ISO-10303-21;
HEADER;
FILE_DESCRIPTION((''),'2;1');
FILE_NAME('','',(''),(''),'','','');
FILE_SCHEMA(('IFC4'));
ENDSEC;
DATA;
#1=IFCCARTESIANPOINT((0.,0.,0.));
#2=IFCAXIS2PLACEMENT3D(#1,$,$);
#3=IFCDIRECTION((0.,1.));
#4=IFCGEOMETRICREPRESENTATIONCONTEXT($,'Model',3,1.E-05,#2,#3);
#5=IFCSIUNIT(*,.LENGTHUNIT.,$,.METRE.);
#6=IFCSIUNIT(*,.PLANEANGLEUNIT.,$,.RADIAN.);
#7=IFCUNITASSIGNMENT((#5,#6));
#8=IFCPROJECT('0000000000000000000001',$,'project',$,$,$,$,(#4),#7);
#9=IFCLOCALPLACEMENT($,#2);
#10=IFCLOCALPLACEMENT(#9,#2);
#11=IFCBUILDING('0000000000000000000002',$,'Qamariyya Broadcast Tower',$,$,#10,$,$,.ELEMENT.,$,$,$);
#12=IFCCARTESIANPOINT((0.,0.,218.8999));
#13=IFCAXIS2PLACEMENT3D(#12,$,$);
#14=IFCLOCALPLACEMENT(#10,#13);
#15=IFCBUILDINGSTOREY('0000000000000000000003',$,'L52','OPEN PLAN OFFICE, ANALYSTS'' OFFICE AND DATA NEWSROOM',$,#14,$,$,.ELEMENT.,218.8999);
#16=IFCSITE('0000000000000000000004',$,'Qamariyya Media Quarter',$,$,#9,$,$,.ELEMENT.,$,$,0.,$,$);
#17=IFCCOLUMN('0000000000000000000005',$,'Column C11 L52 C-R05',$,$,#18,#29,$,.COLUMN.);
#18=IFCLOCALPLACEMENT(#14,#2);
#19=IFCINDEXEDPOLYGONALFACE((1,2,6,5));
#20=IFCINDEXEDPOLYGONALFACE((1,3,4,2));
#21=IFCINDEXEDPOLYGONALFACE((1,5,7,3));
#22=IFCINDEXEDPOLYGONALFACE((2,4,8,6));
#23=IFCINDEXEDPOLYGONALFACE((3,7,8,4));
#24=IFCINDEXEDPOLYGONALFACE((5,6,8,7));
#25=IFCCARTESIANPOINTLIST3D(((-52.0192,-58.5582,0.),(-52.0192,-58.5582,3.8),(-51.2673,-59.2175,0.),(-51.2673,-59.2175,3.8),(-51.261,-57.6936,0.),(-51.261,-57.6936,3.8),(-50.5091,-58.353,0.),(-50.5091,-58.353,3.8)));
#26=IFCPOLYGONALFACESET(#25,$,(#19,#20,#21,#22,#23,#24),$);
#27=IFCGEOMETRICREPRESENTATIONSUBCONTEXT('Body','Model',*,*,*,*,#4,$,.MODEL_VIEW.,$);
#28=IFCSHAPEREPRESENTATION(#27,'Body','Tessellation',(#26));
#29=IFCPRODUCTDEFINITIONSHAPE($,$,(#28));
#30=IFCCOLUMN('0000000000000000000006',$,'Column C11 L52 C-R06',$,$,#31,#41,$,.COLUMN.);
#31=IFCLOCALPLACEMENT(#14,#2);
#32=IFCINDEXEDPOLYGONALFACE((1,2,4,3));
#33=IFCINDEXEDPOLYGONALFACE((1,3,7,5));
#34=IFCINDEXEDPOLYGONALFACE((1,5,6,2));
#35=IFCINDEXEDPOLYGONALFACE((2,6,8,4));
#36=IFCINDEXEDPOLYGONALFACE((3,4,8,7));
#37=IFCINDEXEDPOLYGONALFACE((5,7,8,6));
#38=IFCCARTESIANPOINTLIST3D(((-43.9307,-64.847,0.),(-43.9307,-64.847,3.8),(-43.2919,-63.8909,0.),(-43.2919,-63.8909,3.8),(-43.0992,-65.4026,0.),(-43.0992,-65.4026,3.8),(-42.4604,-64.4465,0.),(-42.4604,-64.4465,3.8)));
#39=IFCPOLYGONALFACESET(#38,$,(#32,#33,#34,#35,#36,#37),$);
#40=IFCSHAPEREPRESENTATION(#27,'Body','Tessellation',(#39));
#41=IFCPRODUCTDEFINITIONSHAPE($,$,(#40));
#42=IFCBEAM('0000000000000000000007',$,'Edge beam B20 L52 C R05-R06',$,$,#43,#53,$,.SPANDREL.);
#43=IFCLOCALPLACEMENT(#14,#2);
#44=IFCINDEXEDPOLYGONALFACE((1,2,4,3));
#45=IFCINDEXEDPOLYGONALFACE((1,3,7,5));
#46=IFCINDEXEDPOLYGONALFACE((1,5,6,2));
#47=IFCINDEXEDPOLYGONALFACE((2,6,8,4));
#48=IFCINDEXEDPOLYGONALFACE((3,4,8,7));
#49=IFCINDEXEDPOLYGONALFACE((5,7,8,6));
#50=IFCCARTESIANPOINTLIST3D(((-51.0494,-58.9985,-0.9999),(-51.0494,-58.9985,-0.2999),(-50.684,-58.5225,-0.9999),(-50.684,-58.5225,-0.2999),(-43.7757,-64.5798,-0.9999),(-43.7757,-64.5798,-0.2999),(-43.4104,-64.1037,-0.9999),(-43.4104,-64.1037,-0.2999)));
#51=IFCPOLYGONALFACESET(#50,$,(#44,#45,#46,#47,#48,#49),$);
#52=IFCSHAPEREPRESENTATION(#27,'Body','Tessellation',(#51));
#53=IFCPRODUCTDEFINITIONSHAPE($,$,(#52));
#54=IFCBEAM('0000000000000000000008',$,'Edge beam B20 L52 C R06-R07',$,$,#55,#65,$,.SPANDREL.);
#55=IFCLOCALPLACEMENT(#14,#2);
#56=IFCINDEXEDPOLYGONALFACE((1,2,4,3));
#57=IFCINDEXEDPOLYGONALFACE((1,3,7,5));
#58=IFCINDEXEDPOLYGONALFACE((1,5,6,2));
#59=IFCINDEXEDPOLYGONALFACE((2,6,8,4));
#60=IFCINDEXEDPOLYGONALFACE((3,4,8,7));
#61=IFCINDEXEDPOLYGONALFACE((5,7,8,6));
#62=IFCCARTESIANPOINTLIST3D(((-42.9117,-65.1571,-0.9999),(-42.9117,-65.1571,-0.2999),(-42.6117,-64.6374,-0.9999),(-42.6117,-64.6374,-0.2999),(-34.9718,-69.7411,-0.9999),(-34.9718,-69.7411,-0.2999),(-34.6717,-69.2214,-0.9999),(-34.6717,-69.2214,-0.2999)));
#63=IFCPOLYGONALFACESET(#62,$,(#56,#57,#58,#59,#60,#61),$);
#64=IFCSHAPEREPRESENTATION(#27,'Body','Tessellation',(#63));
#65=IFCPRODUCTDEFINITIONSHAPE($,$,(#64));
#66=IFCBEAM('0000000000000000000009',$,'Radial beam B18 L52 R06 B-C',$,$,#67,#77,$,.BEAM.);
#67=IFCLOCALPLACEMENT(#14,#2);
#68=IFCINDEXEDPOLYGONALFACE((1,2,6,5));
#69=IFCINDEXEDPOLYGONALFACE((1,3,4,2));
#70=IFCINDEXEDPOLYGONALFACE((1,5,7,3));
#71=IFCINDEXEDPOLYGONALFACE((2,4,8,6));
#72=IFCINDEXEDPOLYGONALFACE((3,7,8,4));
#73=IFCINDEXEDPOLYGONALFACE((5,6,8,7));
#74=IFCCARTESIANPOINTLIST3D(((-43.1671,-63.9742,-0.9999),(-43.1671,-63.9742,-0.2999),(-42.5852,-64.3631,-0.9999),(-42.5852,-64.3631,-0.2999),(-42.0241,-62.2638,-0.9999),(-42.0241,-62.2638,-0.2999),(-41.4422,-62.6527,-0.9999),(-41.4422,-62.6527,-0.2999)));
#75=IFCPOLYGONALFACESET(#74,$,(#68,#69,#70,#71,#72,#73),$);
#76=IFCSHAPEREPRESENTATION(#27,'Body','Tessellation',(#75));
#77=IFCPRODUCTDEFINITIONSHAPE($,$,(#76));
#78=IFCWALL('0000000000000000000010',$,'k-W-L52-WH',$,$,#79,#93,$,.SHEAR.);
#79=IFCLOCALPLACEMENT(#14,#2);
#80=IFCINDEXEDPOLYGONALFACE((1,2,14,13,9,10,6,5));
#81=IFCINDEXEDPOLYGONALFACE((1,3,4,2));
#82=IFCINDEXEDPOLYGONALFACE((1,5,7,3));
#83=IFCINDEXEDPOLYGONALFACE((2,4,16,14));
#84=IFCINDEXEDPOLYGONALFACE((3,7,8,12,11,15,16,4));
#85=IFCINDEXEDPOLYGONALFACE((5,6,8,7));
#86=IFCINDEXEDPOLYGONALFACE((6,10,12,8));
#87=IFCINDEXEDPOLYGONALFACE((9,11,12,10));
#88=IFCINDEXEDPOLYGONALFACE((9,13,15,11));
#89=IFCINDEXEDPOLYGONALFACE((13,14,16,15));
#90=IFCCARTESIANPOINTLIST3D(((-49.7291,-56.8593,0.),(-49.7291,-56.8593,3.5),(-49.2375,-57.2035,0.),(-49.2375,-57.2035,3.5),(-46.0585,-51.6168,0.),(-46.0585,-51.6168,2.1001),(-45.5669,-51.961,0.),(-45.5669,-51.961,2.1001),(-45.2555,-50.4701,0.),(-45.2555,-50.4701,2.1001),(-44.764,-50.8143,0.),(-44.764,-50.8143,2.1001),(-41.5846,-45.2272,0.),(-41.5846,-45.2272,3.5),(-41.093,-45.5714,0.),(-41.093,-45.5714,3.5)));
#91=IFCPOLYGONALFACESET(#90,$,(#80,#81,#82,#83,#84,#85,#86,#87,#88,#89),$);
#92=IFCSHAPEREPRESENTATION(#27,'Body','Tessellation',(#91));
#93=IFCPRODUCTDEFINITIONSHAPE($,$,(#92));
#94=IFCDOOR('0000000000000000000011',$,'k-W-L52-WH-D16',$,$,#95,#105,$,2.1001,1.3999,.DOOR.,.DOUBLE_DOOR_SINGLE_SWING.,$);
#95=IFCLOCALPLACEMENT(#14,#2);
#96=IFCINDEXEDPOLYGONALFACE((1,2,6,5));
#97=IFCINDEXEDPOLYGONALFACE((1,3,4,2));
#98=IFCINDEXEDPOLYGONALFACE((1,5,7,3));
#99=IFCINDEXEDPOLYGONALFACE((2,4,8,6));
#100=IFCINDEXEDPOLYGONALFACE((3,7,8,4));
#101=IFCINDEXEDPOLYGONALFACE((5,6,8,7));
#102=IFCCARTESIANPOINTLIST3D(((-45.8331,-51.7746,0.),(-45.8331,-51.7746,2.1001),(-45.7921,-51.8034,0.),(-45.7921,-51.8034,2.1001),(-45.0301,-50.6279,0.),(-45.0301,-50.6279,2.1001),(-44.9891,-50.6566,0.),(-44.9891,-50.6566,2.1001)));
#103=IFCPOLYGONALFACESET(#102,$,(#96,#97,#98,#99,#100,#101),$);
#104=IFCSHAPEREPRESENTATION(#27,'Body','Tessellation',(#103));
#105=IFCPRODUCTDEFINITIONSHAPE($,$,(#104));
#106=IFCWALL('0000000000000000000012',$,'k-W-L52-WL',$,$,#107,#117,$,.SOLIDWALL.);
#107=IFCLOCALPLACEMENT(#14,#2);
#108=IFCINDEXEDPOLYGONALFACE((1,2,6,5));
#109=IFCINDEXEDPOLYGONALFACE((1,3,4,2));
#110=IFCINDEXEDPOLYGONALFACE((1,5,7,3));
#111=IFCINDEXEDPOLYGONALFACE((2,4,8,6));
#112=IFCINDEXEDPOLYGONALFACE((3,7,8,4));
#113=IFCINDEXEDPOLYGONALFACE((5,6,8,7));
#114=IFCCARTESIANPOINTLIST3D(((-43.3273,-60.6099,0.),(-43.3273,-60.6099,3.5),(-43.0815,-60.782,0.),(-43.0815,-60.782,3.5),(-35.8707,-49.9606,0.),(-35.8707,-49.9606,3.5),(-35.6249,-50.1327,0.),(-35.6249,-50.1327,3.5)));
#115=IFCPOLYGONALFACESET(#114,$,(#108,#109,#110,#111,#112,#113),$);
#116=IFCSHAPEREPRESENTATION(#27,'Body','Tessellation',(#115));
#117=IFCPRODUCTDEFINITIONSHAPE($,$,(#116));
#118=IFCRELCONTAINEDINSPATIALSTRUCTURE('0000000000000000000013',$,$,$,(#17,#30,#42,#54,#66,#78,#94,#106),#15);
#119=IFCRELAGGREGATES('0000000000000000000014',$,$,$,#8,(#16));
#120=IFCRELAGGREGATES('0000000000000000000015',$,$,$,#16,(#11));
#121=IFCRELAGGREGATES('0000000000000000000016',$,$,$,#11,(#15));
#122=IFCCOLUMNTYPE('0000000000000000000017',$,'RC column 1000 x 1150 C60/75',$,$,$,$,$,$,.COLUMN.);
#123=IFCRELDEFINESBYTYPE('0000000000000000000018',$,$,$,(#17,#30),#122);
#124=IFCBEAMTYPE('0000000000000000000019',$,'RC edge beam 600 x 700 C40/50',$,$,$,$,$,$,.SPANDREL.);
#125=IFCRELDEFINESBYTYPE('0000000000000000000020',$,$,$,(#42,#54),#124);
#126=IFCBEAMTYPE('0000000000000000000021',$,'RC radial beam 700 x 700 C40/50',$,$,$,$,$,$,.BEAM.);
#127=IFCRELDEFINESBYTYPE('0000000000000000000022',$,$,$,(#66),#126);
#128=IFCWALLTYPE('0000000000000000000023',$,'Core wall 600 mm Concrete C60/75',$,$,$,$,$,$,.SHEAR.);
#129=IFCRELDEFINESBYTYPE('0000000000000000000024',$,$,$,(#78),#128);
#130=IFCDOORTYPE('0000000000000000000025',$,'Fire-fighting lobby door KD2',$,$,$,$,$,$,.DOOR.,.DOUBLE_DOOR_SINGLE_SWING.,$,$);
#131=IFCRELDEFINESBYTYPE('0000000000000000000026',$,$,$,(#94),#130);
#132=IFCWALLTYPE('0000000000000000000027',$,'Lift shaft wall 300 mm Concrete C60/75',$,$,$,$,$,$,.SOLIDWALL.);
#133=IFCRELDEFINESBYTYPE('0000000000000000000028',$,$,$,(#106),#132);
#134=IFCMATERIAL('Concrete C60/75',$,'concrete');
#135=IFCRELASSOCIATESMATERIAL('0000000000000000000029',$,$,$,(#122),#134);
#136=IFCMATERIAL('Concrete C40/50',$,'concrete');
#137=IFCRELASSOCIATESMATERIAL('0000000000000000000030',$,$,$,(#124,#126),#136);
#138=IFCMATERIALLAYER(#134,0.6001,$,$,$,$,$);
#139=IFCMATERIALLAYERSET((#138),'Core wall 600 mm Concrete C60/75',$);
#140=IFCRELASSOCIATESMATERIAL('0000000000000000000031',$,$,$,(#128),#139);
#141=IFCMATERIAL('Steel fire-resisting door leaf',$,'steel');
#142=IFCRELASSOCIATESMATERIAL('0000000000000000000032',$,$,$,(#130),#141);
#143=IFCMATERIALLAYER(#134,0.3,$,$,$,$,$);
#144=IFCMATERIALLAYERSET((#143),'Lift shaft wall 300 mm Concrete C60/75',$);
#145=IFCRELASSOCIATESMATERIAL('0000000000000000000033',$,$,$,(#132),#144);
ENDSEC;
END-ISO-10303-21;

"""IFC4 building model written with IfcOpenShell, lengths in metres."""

from ifc_helpers import new_model, si_unit, direction, frame, frame_2d, origin, origin_2d, place, context, subcontext, project, spatial, rectangle, extrude, material, layer, layer_set, material_profile, profile_set, type_object, element, fill, save


model = new_model("IFC4")

# Units and contexts
model_context = context("Model", 3, precision=1e-05, world=origin(), true_north=direction((0.0, 1.0)))
body_context = subcontext(model_context, "Body", "Model", "MODEL_VIEW")
ifc_project = project(units=[si_unit("LENGTHUNIT", "METRE"), si_unit("PLANEANGLEUNIT", "RADIAN")], contexts=[model_context])

# Site, building, storey
site_placement = place(None, origin())
site = spatial("IfcSite", under=ifc_project, at=site_placement, Name="Qamariyya Media Quarter", CompositionType="ELEMENT", RefElevation=0.0)
building_placement = place(site_placement, origin())
building = spatial("IfcBuilding", under=site, at=building_placement, Name="Qamariyya Broadcast Tower", CompositionType="ELEMENT")
storey_placement = place(building_placement, frame((0.0, 0.0, 218.8999)))
storey = spatial("IfcBuildingStorey", under=building, at=storey_placement, Name="L52", Description="OPEN PLAN OFFICE, ANALYSTS' OFFICE AND DATA NEWSROOM", CompositionType="ELEMENT", Elevation=218.8999)

# Columns
ifc_material_1 = material(Name="Concrete C60/75", Category="concrete")
ifc_material_profile_1 = material_profile(ifc_material_1, rectangle(XDim=1.0, YDim=1.1499, at=origin_2d()))
ifc_profile_set_1 = profile_set([ifc_material_profile_1], Name="Concrete C60/75")
column_type = type_object("IfcColumnType", Name="RC column 1000 x 1150 C60/75", PredefinedType="COLUMN", material=ifc_profile_set_1)
for number, where, z_axis, x_axis, name in (
    (1, (-51.2642, -58.4556, 0.0), (0.0, 0.0, 1.0), (0.75184, -0.659346, 0.0), "Column C11 L52 C-R05"),
    (2, (-43.1956, -64.6467, 0.0), (0.0, 0.0, 1.0), (0.83147, -0.55557, 0.0), "Column C11 L52 C-R06"),
):
    element("IfcColumn", number, at=place(storey_placement, frame(where, z_axis=z_axis, x_axis=x_axis)), inside=storey, type_object=column_type, Name=name, PredefinedType="COLUMN", context=body_context, shape_type="SweptSolid", body=[
        extrude(rectangle(XDim=1.0, YDim=1.1499, at=origin_2d()), origin(), (0.0, 0.0, 1.0), 3.8),
    ])

# Beams
ifc_material_2 = material(Name="Concrete C40/50", Category="concrete")
ifc_material_profile_2 = material_profile(ifc_material_2, rectangle(XDim=0.6001, YDim=0.7, at=origin_2d()))
ifc_profile_set_2 = profile_set([ifc_material_profile_2], Name="Concrete C40/50")
beam_type_1 = type_object("IfcBeamType", Name="RC edge beam 600 x 700 C40/50", PredefinedType="SPANDREL", material=ifc_profile_set_2)
for number, where, z_axis, x_axis, name in (
    (3, (-50.8667, -58.7605, -0.6499), (0.793353, -0.608762, 0.0), (0.608762, 0.793353, 0.0), "Edge beam B20 L52 C R05-R06"),
    (4, (-42.7617, -64.8972, -0.6499), (0.866032, -0.499988, 0.0), (0.499988, 0.866032, 0.0), "Edge beam B20 L52 C R06-R07"),
):
    element("IfcBeam", number, at=place(storey_placement, frame(where, z_axis=z_axis, x_axis=x_axis)), inside=storey, type_object=beam_type_1, Name=name, PredefinedType="SPANDREL", context=body_context, shape_type="SweptSolid", body=[
        extrude(rectangle(XDim=0.6001, YDim=0.7, at=origin_2d()), origin(), (0.0, 0.0, 1.0), 9.1682),
    ])
ifc_material_profile_3 = material_profile(ifc_material_2, rectangle(XDim=0.7, YDim=0.7, at=origin_2d()))
ifc_profile_set_3 = profile_set([ifc_material_profile_3], Name="Concrete C40/50")
beam_type_2 = type_object("IfcBeamType", Name="RC radial beam 700 x 700 C40/50", PredefinedType="BEAM", material=ifc_profile_set_3)
beam_placement = place(storey_placement, frame((-41.7332, -62.4583, -0.6499), z_axis=(-0.555631, -0.831429, 0.0), x_axis=(0.831429, -0.555631, 0.0)))
element("IfcBeam", 5, at=beam_placement, inside=storey, type_object=beam_type_2, Name="Radial beam B18 L52 R06 B-C", PredefinedType="BEAM", context=body_context, shape_type="SweptSolid", body=[
    extrude(rectangle(XDim=0.7, YDim=0.7, at=origin_2d()), origin(), (0.0, 0.0, 1.0), 2.0571),
])

# Wall, opening, door
ifc_layer_1 = layer(ifc_material_1, 0.6001)
ifc_layer_set_1 = layer_set([ifc_layer_1], Name="Core wall 600 mm Concrete C60/75")
wall_type_1 = type_object("IfcWallType", Name="Core wall 600 mm Concrete C60/75", PredefinedType="SHEAR", material=ifc_layer_set_1)
wall_1_placement = place(storey_placement, frame((-49.4834, -57.0315, 0.0), z_axis=(0.0, 0.0, 1.0), x_axis=(0.57356, 0.819163, 0.0)))
wall_1 = element("IfcWall", 6, at=wall_1_placement, inside=storey, type_object=wall_type_1, Name="k-W-L52-WH", PredefinedType="SHEAR", context=body_context, shape_type="SweptSolid", body=[
    extrude(rectangle(XDim=14.2, YDim=0.6001, at=frame_2d((7.1001, 0.0))), origin(), (0.0, 0.0, 1.0), 3.5),
])
opening_placement = place(wall_1_placement, frame((6.3999, 0.0, 0.0)))
opening = element("IfcOpeningElement", 7, at=opening_placement, cuts=wall_1, PredefinedType="OPENING", context=body_context, shape_type="SweptSolid", body=[
    extrude(rectangle(XDim=1.3999, YDim=2.1001, at=frame_2d((0.7, 1.05))), frame((0.0, 0.3101, 0.0), z_axis=(0.0, -1.0, 0.0), x_axis=(1.0, 0.0, 0.0)), (0.0, 0.0, 1.0), 0.6201),
])
ifc_material_3 = material(Name="Steel fire-resisting door leaf", Category="steel")
door_type = type_object("IfcDoorType", Name="Fire-fighting lobby door KD2", OperationType="DOUBLE_DOOR_SINGLE_SWING", PredefinedType="DOOR", material=ifc_material_3)
door_placement = place(opening_placement, origin())
door = element("IfcDoor", 8, at=door_placement, inside=storey, type_object=door_type, Name="k-W-L52-WH-D16", OperationType="DOUBLE_DOOR_SINGLE_SWING", OverallHeight=2.1001, OverallWidth=1.3999, PredefinedType="DOOR", context=body_context, shape_type="SweptSolid", body=[
    extrude(rectangle(XDim=1.3999, YDim=2.1001, at=frame_2d((0.7, 1.05))), frame((0.0, 0.0249, 0.0), z_axis=(0.0, -1.0, 0.0), x_axis=(1.0, 0.0, 0.0)), (0.0, 0.0, 1.0), 0.05),
])
fill(opening, door)

# Wall
ifc_layer_2 = layer(ifc_material_1, 0.3)
ifc_layer_set_2 = layer_set([ifc_layer_2], Name="Lift shaft wall 300 mm Concrete C60/75")
wall_type_2 = type_object("IfcWallType", Name="Lift shaft wall 300 mm Concrete C60/75", PredefinedType="SOLIDWALL", material=ifc_layer_set_2)
wall_2_placement = place(storey_placement, frame((-43.2043, -60.6958, 0.0), z_axis=(0.0, 0.0, 1.0), x_axis=(0.573572, 0.819155, 0.0)))
element("IfcWall", 9, at=wall_2_placement, inside=storey, type_object=wall_type_2, Name="k-W-L52-WL", PredefinedType="SOLIDWALL", context=body_context, shape_type="SweptSolid", body=[
    extrude(rectangle(XDim=13.0002, YDim=0.3, at=frame_2d((6.5, 0.0))), origin(), (0.0, 0.0, 1.0), 3.5),
])

save(model, "model.ifc")
